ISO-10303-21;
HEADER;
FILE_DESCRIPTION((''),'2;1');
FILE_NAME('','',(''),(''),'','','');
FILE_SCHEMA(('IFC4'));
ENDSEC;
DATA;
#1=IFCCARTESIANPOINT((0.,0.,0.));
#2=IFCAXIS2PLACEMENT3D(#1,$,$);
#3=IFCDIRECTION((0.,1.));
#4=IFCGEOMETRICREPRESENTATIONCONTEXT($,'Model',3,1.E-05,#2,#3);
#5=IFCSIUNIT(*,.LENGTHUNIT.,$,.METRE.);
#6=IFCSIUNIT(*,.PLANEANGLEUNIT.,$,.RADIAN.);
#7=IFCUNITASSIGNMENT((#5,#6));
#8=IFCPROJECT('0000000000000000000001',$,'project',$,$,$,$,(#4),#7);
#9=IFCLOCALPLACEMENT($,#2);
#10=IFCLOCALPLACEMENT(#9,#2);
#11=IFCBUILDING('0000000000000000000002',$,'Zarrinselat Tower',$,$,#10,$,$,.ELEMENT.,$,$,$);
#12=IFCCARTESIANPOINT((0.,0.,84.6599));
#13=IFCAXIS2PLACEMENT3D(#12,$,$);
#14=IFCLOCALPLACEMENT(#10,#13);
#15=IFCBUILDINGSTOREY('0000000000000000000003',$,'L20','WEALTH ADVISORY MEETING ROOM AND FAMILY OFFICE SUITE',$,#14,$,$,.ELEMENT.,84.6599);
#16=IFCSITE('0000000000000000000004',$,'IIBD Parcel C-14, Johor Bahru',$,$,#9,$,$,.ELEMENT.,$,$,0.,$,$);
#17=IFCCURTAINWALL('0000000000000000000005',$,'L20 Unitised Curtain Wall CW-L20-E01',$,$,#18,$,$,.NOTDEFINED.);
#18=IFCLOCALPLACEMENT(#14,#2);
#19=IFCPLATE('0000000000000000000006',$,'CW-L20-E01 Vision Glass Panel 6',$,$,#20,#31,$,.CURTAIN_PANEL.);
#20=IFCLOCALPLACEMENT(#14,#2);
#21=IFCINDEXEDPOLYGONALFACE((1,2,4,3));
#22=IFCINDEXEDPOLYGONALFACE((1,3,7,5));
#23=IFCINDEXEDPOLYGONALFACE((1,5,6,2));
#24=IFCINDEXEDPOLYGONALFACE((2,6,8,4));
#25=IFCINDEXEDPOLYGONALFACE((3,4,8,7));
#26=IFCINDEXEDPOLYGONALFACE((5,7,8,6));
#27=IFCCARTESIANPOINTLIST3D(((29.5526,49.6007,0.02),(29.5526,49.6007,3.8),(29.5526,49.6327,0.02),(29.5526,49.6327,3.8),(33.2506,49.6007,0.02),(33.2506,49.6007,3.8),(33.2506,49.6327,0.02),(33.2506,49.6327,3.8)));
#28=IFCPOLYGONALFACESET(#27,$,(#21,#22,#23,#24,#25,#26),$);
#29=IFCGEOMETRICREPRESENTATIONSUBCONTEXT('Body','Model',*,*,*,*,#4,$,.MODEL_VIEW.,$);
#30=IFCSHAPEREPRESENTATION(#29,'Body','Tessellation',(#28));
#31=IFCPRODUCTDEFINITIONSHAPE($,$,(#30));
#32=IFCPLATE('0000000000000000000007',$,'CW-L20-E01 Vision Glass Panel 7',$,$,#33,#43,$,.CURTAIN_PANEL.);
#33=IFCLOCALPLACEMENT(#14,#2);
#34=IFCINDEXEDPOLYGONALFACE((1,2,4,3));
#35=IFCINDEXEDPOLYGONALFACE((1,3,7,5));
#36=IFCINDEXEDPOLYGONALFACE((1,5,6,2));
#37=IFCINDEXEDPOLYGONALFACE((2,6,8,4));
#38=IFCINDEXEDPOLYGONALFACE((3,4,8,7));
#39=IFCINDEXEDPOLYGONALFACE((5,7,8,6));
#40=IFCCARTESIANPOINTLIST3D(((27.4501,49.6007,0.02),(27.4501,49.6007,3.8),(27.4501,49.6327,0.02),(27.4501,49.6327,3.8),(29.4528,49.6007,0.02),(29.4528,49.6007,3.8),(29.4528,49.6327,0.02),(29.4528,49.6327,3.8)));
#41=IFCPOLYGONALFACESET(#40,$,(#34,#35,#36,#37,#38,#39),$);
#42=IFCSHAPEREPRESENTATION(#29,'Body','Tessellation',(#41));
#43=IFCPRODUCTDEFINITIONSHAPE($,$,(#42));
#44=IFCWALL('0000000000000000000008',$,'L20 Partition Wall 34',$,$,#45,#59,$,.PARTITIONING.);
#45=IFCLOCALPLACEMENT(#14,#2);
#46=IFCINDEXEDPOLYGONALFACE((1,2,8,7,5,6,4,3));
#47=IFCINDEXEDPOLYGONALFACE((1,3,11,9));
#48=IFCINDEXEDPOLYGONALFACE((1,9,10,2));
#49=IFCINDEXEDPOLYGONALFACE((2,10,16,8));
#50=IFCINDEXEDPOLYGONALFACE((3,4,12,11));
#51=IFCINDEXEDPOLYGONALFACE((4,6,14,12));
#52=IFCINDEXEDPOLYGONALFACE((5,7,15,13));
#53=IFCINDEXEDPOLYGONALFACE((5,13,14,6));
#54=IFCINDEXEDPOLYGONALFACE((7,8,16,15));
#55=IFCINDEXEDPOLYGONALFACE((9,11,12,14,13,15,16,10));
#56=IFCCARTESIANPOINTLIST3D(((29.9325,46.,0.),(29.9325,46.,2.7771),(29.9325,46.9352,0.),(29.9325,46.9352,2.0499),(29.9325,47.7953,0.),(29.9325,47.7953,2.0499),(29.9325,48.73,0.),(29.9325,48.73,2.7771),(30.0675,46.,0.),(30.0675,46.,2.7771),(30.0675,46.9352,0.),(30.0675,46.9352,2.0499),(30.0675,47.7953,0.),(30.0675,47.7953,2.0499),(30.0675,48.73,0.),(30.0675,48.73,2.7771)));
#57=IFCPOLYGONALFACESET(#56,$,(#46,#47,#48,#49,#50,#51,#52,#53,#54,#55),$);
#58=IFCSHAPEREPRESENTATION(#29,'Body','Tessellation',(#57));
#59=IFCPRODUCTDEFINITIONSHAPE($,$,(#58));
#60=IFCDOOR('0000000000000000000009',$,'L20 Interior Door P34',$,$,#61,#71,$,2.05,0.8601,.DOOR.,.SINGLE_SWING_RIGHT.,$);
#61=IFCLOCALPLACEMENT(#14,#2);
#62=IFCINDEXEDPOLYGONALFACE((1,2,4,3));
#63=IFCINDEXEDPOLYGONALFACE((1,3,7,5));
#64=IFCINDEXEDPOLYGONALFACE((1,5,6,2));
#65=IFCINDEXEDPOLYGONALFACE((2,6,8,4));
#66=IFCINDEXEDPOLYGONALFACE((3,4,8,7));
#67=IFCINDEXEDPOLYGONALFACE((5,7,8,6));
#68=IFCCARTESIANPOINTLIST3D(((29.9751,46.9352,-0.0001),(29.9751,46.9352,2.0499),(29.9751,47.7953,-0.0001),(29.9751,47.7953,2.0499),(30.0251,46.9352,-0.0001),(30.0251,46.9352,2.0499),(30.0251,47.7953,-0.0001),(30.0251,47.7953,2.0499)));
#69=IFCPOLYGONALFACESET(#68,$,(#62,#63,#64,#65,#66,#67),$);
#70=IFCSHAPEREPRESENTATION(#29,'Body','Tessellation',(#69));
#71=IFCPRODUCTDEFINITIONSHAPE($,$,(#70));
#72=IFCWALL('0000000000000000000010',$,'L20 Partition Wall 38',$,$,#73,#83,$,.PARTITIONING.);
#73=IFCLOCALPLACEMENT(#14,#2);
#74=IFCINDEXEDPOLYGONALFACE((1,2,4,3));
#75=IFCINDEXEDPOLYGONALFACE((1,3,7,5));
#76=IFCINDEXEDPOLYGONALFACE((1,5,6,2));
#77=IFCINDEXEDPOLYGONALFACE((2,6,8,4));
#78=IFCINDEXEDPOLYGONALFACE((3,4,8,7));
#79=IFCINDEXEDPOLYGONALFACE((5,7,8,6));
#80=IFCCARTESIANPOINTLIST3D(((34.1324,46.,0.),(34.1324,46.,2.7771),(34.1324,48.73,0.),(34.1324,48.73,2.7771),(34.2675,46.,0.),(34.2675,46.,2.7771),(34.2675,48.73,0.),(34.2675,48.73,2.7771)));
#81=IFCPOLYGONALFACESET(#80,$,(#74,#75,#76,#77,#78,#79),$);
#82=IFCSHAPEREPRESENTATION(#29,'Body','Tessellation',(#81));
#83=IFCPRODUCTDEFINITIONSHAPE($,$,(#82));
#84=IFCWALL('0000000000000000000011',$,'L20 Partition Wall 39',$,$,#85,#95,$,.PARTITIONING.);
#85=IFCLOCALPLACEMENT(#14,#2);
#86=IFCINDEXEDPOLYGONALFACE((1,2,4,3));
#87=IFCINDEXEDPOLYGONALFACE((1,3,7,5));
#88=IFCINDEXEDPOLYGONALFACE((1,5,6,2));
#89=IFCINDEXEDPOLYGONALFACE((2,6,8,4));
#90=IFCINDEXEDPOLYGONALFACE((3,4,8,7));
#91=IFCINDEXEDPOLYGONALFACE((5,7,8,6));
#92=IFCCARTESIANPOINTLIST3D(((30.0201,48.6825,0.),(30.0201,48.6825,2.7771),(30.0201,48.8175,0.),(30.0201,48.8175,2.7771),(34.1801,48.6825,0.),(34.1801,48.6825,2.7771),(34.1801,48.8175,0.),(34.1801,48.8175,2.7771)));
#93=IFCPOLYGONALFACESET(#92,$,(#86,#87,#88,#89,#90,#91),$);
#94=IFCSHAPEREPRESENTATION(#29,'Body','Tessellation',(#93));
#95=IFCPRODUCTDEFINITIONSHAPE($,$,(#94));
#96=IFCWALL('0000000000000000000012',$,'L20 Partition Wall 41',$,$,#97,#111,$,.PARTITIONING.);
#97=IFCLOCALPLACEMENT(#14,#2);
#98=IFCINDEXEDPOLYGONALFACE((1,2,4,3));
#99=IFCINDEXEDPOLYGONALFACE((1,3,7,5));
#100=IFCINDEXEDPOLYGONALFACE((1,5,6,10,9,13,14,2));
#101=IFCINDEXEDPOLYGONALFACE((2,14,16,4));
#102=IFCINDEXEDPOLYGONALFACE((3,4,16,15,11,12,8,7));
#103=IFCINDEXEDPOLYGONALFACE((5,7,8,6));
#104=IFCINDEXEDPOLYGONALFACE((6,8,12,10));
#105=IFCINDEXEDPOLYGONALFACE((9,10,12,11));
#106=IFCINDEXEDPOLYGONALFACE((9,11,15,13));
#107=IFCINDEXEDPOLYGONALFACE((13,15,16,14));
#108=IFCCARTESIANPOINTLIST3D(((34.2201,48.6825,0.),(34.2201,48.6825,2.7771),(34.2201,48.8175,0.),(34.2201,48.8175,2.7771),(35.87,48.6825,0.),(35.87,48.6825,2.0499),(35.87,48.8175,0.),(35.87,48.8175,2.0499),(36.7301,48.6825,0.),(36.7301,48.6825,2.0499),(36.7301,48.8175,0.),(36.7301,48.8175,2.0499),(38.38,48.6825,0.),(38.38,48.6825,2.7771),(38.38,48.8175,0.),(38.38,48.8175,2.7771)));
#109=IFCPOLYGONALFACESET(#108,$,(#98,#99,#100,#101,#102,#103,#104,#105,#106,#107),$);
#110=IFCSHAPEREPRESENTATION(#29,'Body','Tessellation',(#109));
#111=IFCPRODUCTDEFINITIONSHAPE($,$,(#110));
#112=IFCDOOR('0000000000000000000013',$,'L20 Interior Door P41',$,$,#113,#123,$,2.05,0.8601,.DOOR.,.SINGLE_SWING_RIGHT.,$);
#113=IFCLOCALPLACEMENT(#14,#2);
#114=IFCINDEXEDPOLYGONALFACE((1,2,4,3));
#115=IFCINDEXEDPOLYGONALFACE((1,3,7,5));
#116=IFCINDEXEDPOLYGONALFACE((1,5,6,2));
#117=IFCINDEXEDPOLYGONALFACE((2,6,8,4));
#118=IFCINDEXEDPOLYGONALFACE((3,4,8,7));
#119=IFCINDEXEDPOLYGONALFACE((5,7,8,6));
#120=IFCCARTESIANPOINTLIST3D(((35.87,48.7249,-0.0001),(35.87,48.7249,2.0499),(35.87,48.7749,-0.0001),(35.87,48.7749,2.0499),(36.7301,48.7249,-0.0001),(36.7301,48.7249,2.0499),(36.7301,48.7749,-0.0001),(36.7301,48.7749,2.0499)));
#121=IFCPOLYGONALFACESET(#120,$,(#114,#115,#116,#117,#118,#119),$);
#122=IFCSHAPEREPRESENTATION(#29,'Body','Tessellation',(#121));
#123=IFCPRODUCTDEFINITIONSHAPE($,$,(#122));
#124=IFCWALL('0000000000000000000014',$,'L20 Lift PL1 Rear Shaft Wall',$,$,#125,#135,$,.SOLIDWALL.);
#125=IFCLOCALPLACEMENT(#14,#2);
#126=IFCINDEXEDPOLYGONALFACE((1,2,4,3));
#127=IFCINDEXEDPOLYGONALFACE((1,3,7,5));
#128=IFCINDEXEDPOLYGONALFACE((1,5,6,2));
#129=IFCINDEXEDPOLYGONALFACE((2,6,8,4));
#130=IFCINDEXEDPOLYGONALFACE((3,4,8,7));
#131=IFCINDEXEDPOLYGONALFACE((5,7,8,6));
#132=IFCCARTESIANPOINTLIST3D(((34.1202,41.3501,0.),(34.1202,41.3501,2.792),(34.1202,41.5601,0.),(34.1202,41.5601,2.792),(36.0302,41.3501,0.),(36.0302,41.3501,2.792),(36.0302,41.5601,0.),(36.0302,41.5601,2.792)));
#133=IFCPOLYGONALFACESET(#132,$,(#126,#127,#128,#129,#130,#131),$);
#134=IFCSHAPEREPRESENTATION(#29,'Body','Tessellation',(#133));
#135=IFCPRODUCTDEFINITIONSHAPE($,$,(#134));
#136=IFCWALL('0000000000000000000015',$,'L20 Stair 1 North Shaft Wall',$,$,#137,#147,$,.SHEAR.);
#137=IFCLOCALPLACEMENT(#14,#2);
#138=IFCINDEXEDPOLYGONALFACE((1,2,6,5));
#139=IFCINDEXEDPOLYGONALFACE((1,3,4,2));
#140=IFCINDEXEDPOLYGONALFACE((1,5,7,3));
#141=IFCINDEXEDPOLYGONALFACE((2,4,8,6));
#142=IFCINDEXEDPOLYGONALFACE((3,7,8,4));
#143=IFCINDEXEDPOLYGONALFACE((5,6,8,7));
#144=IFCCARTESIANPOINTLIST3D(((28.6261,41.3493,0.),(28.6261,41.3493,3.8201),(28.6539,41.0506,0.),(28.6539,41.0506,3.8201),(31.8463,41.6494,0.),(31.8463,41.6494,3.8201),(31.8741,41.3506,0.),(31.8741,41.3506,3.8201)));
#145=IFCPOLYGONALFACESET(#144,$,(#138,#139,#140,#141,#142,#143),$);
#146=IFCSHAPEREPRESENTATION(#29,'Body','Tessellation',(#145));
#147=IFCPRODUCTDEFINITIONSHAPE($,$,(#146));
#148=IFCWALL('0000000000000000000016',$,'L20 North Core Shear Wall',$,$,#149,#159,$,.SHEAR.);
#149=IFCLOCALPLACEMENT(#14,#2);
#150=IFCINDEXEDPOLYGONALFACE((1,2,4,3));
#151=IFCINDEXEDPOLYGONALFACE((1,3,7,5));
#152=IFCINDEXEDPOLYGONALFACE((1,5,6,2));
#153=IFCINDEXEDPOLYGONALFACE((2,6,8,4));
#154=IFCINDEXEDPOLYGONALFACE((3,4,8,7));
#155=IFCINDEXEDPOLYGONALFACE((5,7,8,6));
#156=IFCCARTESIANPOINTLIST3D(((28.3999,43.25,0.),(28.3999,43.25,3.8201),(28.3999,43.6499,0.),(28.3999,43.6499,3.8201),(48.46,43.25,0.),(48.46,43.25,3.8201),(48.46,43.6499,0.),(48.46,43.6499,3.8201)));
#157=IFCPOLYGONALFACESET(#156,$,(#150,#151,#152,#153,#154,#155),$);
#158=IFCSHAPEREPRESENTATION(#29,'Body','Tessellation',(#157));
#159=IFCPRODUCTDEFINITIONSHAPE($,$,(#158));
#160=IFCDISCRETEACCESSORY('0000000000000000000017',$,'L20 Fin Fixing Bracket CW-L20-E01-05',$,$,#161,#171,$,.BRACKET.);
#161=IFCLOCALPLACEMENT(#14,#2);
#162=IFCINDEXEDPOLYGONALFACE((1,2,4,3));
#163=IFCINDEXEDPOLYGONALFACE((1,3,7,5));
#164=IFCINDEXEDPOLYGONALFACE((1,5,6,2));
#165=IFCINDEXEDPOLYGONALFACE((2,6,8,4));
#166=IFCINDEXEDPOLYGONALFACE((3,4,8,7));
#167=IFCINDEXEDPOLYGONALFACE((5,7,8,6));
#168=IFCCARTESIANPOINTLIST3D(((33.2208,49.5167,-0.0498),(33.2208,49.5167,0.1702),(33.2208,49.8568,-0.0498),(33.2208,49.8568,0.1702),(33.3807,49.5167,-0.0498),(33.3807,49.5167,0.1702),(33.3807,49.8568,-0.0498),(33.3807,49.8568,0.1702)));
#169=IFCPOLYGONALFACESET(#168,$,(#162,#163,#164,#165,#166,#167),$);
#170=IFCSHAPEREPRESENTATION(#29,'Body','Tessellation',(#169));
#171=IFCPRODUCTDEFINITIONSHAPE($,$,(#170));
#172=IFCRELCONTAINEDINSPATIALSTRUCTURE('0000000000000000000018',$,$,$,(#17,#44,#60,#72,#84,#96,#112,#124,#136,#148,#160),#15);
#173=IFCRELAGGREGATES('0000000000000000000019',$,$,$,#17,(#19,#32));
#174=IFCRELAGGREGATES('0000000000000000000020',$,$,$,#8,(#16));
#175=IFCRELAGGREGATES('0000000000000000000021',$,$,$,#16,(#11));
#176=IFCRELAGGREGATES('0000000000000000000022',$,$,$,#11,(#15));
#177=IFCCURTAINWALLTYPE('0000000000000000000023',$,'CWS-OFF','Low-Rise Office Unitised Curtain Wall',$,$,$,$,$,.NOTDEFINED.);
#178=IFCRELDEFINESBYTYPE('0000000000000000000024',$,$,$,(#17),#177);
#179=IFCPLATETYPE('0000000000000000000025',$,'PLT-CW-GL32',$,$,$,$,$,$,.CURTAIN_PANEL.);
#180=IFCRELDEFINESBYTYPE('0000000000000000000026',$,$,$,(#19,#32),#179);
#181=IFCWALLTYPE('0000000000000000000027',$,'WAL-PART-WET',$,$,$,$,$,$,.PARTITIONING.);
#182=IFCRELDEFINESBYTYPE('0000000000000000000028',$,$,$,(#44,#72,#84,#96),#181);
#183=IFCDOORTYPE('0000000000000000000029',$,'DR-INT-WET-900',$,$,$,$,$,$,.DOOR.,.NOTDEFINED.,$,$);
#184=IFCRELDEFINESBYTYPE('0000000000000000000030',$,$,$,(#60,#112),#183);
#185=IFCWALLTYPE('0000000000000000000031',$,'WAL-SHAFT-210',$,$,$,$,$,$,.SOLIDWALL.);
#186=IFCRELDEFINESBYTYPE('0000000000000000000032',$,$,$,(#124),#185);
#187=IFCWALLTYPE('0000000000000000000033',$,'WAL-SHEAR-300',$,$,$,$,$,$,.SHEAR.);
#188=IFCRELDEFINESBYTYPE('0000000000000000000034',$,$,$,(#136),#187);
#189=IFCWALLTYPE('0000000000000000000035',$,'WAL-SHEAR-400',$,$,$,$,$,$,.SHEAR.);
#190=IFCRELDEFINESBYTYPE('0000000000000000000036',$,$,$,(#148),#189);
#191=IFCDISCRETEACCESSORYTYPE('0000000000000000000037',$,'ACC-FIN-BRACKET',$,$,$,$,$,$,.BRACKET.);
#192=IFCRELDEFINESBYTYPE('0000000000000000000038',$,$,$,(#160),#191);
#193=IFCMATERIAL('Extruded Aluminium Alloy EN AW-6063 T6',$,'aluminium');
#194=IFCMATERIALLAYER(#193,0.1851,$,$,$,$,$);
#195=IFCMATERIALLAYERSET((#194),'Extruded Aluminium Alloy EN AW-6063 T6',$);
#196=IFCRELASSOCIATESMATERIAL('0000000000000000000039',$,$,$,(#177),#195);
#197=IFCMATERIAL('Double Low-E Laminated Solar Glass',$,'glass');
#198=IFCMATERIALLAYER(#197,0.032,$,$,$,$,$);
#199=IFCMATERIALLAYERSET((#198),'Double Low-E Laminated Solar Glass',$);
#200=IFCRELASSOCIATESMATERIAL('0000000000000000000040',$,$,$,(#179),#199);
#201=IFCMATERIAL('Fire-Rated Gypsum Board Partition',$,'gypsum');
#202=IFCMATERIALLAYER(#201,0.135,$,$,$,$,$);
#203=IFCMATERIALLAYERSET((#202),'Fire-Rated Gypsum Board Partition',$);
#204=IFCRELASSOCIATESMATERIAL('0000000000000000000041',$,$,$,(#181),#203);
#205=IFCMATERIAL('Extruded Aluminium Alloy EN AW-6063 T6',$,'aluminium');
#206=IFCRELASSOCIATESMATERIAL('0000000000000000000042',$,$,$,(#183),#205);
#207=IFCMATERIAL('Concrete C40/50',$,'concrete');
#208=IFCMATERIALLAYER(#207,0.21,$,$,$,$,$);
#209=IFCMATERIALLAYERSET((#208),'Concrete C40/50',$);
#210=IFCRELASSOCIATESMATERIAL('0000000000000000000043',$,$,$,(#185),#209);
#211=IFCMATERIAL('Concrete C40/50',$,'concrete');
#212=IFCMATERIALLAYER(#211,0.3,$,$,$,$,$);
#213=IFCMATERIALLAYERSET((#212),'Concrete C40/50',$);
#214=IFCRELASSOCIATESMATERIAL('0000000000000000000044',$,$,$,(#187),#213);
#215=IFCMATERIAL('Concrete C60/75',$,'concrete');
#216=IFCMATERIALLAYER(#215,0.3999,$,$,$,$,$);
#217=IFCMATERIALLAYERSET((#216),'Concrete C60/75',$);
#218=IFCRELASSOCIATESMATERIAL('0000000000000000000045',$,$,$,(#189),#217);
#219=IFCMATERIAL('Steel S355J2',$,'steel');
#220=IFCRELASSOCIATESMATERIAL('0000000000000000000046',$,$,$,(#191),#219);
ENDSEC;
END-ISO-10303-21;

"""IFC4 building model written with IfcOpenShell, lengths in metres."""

from ifc_helpers import new_model, si_unit, direction, frame, frame_2d, origin, origin_2d, place, context, subcontext, project, spatial, rectangle, extrude, material, layer, layer_set, type_object, element, fill, aggregate, save


model = new_model("IFC4")

# Units and contexts
model_context = context("Model", 3, precision=1e-05, world=origin(), true_north=direction((0.0, 1.0)))
body_context = subcontext(model_context, "Body", "Model", "MODEL_VIEW")
ifc_project = project(units=[si_unit("LENGTHUNIT", "METRE"), si_unit("PLANEANGLEUNIT", "RADIAN")], contexts=[model_context])

# Site, building, storey
site_placement = place(None, origin())
site = spatial("IfcSite", under=ifc_project, at=site_placement, Name="IIBD Parcel C-14, Johor Bahru", CompositionType="ELEMENT", RefElevation=0.0)
building_placement = place(site_placement, origin())
building = spatial("IfcBuilding", under=site, at=building_placement, Name="Zarrinselat Tower", CompositionType="ELEMENT")
storey_placement = place(building_placement, frame((0.0, 0.0, 84.6599)))
storey = spatial("IfcBuildingStorey", under=building, at=storey_placement, Name="L20", Description="WEALTH ADVISORY MEETING ROOM AND FAMILY OFFICE SUITE", CompositionType="ELEMENT", Elevation=84.6599)

# Curtain wall, plates
ifc_material_1 = material(Name="Extruded Aluminium Alloy EN AW-6063 T6", Category="aluminium")
ifc_layer_1 = layer(ifc_material_1, 0.1851)
ifc_layer_set_1 = layer_set([ifc_layer_1], Name="Extruded Aluminium Alloy EN AW-6063 T6")
curtain_wall_type = type_object("IfcCurtainWallType", Name="CWS-OFF", Description="Low-Rise Office Unitised Curtain Wall", PredefinedType="NOTDEFINED", material=ifc_layer_set_1)
curtain_wall_placement = place(storey_placement, origin())
curtain_wall = element("IfcCurtainWall", 1, at=curtain_wall_placement, inside=storey, type_object=curtain_wall_type, Name="L20 Unitised Curtain Wall CW-L20-E01", PredefinedType="NOTDEFINED")
ifc_material_2 = material(Name="Double Low-E Laminated Solar Glass", Category="glass")
ifc_layer_2 = layer(ifc_material_2, 0.032)
ifc_layer_set_2 = layer_set([ifc_layer_2], Name="Double Low-E Laminated Solar Glass")
plate_type = type_object("IfcPlateType", Name="PLT-CW-GL32", PredefinedType="CURTAIN_PANEL", material=ifc_layer_set_2)
plate_1_placement = place(storey_placement, frame((31.4016, 49.6167, 0.02), z_axis=(0.0, 0.0, 1.0), x_axis=(-1.0, 0.0, 0.0)))
plate_1 = element("IfcPlate", 2, at=plate_1_placement, type_object=plate_type, Name="CW-L20-E01 Vision Glass Panel 6", PredefinedType="CURTAIN_PANEL", context=body_context, shape_type="SweptSolid", body=[
    extrude(rectangle(XDim=3.698, YDim=0.032, at=origin_2d()), origin(), (0.0, 0.0, 1.0), 3.78),
])
plate_2_placement = place(storey_placement, frame((28.4514, 49.6167, 0.02), z_axis=(0.0, 0.0, 1.0), x_axis=(-1.0, 0.0, 0.0)))
plate_2 = element("IfcPlate", 3, at=plate_2_placement, type_object=plate_type, Name="CW-L20-E01 Vision Glass Panel 7", PredefinedType="CURTAIN_PANEL", context=body_context, shape_type="SweptSolid", body=[
    extrude(rectangle(XDim=2.0027, YDim=0.032, at=origin_2d()), origin(), (0.0, 0.0, 1.0), 3.78),
])
aggregate(curtain_wall, [plate_1, plate_2])

# Wall, opening, door
ifc_material_3 = material(Name="Fire-Rated Gypsum Board Partition", Category="gypsum")
ifc_layer_3 = layer(ifc_material_3, 0.135)
ifc_layer_set_3 = layer_set([ifc_layer_3], Name="Fire-Rated Gypsum Board Partition")
wall_type_1 = type_object("IfcWallType", Name="WAL-PART-WET", PredefinedType="PARTITIONING", material=ifc_layer_set_3)
wall_1_placement = place(storey_placement, frame((30.0, 46.0, 0.0), z_axis=(0.0, 0.0, 1.0), x_axis=(0.0, 1.0, 0.0)))
wall_1 = element("IfcWall", 4, at=wall_1_placement, inside=storey, type_object=wall_type_1, Name="L20 Partition Wall 34", PredefinedType="PARTITIONING", context=body_context, shape_type="SweptSolid", body=[
    extrude(rectangle(XDim=2.73, YDim=0.135, at=frame_2d((1.365, 0.0))), origin(), (0.0, 0.0, 1.0), 2.7771),
])
opening_1_placement = place(wall_1_placement, frame((0.9351, 0.0, 0.0)))
opening_1 = element("IfcOpeningElement", 5, at=opening_1_placement, cuts=wall_1, PredefinedType="OPENING", context=body_context, shape_type="SweptSolid", body=[
    extrude(rectangle(XDim=0.8601, YDim=2.05, at=frame_2d((0.4302, 1.0249))), frame((0.0, 0.0774, 0.0), z_axis=(0.0, -1.0, 0.0), x_axis=(1.0, 0.0, 0.0)), (0.0, 0.0, 1.0), 0.155),
])
ifc_material_4 = material(Name="Extruded Aluminium Alloy EN AW-6063 T6", Category="aluminium")
door_type = type_object("IfcDoorType", Name="DR-INT-WET-900", OperationType="NOTDEFINED", PredefinedType="DOOR", material=ifc_material_4)
door_1_placement = place(opening_1_placement, origin())
door_1 = element("IfcDoor", 6, at=door_1_placement, inside=storey, type_object=door_type, Name="L20 Interior Door P34", OperationType="SINGLE_SWING_RIGHT", OverallHeight=2.05, OverallWidth=0.8601, PredefinedType="DOOR", context=body_context, shape_type="SweptSolid", body=[
    extrude(rectangle(XDim=0.8601, YDim=2.05, at=frame_2d((0.4302, 1.0249))), frame((0.0, 0.0249, 0.0), z_axis=(0.0, -1.0, 0.0), x_axis=(1.0, 0.0, 0.0)), (0.0, 0.0, 1.0), 0.05),
])
fill(opening_1, door_1)

# Walls
wall_2_placement = place(storey_placement, frame((34.2, 46.0, 0.0), z_axis=(0.0, 0.0, 1.0), x_axis=(0.0, 1.0, 0.0)))
element("IfcWall", 7, at=wall_2_placement, inside=storey, type_object=wall_type_1, Name="L20 Partition Wall 38", PredefinedType="PARTITIONING", context=body_context, shape_type="SweptSolid", body=[
    extrude(rectangle(XDim=2.73, YDim=0.135, at=frame_2d((1.365, 0.0))), origin(), (0.0, 0.0, 1.0), 2.7771),
])
wall_3_placement = place(storey_placement, frame((30.02, 48.75, 0.0), z_axis=(0.0, 0.0, 1.0), x_axis=(1.0, 0.0, 0.0)))
element("IfcWall", 8, at=wall_3_placement, inside=storey, type_object=wall_type_1, Name="L20 Partition Wall 39", PredefinedType="PARTITIONING", context=body_context, shape_type="SweptSolid", body=[
    extrude(rectangle(XDim=4.1599, YDim=0.135, at=frame_2d((2.0801, 0.0))), origin(), (0.0, 0.0, 1.0), 2.7771),
])

# Wall, opening, door
wall_4_placement = place(storey_placement, frame((34.22, 48.75, 0.0), z_axis=(0.0, 0.0, 1.0), x_axis=(1.0, 0.0, 0.0)))
wall_4 = element("IfcWall", 9, at=wall_4_placement, inside=storey, type_object=wall_type_1, Name="L20 Partition Wall 41", PredefinedType="PARTITIONING", context=body_context, shape_type="SweptSolid", body=[
    extrude(rectangle(XDim=4.1599, YDim=0.135, at=frame_2d((2.0801, 0.0))), origin(), (0.0, 0.0, 1.0), 2.7771),
])
opening_2_placement = place(wall_4_placement, frame((1.6499, 0.0, 0.0)))
opening_2 = element("IfcOpeningElement", 10, at=opening_2_placement, cuts=wall_4, PredefinedType="OPENING", context=body_context, shape_type="SweptSolid", body=[
    extrude(rectangle(XDim=0.8601, YDim=2.05, at=frame_2d((0.4302, 1.0249))), frame((0.0, 0.0774, 0.0), z_axis=(0.0, -1.0, 0.0), x_axis=(1.0, 0.0, 0.0)), (0.0, 0.0, 1.0), 0.155),
])
door_2_placement = place(opening_2_placement, origin())
door_2 = element("IfcDoor", 11, at=door_2_placement, inside=storey, type_object=door_type, Name="L20 Interior Door P41", OperationType="SINGLE_SWING_RIGHT", OverallHeight=2.05, OverallWidth=0.8601, PredefinedType="DOOR", context=body_context, shape_type="SweptSolid", body=[
    extrude(rectangle(XDim=0.8601, YDim=2.05, at=frame_2d((0.4302, 1.0249))), frame((0.0, 0.0249, 0.0), z_axis=(0.0, -1.0, 0.0), x_axis=(1.0, 0.0, 0.0)), (0.0, 0.0, 1.0), 0.05),
])
fill(opening_2, door_2)

# Walls
ifc_material_5 = material(Name="Concrete C40/50", Category="concrete")
ifc_layer_4 = layer(ifc_material_5, 0.21)
ifc_layer_set_4 = layer_set([ifc_layer_4], Name="Concrete C40/50")
wall_type_2 = type_object("IfcWallType", Name="WAL-SHAFT-210", PredefinedType="SOLIDWALL", material=ifc_layer_set_4)
wall_5_placement = place(storey_placement, frame((34.1201, 41.4551, 0.0), z_axis=(0.0, 0.0, 1.0), x_axis=(1.0, 0.0, 0.0)))
element("IfcWall", 12, at=wall_5_placement, inside=storey, type_object=wall_type_2, Name="L20 Lift PL1 Rear Shaft Wall", PredefinedType="SOLIDWALL", context=body_context, shape_type="SweptSolid", body=[
    extrude(rectangle(XDim=1.9099, YDim=0.21, at=frame_2d((0.9551, 0.0))), origin(), (0.0, 0.0, 1.0), 2.792),
])
ifc_material_6 = material(Name="Concrete C40/50", Category="concrete")
ifc_layer_5 = layer(ifc_material_6, 0.3)
ifc_layer_set_5 = layer_set([ifc_layer_5], Name="Concrete C40/50")
wall_type_3 = type_object("IfcWallType", Name="WAL-SHEAR-300", PredefinedType="SHEAR", material=ifc_layer_set_5)
wall_6_placement = place(storey_placement, frame((28.6399, 41.2, 0.0), z_axis=(0.0, 0.0, 1.0), x_axis=(0.995687, 0.092775, 0.0)))
element("IfcWall", 13, at=wall_6_placement, inside=storey, type_object=wall_type_3, Name="L20 Stair 1 North Shaft Wall", PredefinedType="SHEAR", context=body_context, shape_type="SweptSolid", body=[
    extrude(rectangle(XDim=3.2341, YDim=0.3, at=frame_2d((1.6172, 0.0))), origin(), (0.0, 0.0, 1.0), 3.8201),
])
ifc_material_7 = material(Name="Concrete C60/75", Category="concrete")
ifc_layer_6 = layer(ifc_material_7, 0.3999)
ifc_layer_set_6 = layer_set([ifc_layer_6], Name="Concrete C60/75")
wall_type_4 = type_object("IfcWallType", Name="WAL-SHEAR-400", PredefinedType="SHEAR", material=ifc_layer_set_6)
wall_7_placement = place(storey_placement, frame((28.3999, 43.45, 0.0), z_axis=(0.0, 0.0, 1.0), x_axis=(1.0, 0.0, 0.0)))
element("IfcWall", 14, at=wall_7_placement, inside=storey, type_object=wall_type_4, Name="L20 North Core Shear Wall", PredefinedType="SHEAR", context=body_context, shape_type="SweptSolid", body=[
    extrude(rectangle(XDim=20.0601, YDim=0.3999, at=frame_2d((10.03, 0.0))), origin(), (0.0, 0.0, 1.0), 3.8201),
])

# Discrete accessory
ifc_material_8 = material(Name="Steel S355J2", Category="steel")
discrete_accessory_type = type_object("IfcDiscreteAccessoryType", Name="ACC-FIN-BRACKET", PredefinedType="BRACKET", material=ifc_material_8)
discrete_accessory_placement = place(storey_placement, frame((33.3008, 49.6868, -0.0498), z_axis=(0.0, 0.0, 1.0), x_axis=(0.0, 1.0, 0.0)))
element("IfcDiscreteAccessory", 15, at=discrete_accessory_placement, inside=storey, type_object=discrete_accessory_type, Name="L20 Fin Fixing Bracket CW-L20-E01-05", PredefinedType="BRACKET", context=body_context, shape_type="SweptSolid", body=[
    extrude(rectangle(XDim=0.3401, YDim=0.1599, at=origin_2d()), origin(), (0.0, 0.0, 1.0), 0.22),
])

save(model, "model.ifc")
